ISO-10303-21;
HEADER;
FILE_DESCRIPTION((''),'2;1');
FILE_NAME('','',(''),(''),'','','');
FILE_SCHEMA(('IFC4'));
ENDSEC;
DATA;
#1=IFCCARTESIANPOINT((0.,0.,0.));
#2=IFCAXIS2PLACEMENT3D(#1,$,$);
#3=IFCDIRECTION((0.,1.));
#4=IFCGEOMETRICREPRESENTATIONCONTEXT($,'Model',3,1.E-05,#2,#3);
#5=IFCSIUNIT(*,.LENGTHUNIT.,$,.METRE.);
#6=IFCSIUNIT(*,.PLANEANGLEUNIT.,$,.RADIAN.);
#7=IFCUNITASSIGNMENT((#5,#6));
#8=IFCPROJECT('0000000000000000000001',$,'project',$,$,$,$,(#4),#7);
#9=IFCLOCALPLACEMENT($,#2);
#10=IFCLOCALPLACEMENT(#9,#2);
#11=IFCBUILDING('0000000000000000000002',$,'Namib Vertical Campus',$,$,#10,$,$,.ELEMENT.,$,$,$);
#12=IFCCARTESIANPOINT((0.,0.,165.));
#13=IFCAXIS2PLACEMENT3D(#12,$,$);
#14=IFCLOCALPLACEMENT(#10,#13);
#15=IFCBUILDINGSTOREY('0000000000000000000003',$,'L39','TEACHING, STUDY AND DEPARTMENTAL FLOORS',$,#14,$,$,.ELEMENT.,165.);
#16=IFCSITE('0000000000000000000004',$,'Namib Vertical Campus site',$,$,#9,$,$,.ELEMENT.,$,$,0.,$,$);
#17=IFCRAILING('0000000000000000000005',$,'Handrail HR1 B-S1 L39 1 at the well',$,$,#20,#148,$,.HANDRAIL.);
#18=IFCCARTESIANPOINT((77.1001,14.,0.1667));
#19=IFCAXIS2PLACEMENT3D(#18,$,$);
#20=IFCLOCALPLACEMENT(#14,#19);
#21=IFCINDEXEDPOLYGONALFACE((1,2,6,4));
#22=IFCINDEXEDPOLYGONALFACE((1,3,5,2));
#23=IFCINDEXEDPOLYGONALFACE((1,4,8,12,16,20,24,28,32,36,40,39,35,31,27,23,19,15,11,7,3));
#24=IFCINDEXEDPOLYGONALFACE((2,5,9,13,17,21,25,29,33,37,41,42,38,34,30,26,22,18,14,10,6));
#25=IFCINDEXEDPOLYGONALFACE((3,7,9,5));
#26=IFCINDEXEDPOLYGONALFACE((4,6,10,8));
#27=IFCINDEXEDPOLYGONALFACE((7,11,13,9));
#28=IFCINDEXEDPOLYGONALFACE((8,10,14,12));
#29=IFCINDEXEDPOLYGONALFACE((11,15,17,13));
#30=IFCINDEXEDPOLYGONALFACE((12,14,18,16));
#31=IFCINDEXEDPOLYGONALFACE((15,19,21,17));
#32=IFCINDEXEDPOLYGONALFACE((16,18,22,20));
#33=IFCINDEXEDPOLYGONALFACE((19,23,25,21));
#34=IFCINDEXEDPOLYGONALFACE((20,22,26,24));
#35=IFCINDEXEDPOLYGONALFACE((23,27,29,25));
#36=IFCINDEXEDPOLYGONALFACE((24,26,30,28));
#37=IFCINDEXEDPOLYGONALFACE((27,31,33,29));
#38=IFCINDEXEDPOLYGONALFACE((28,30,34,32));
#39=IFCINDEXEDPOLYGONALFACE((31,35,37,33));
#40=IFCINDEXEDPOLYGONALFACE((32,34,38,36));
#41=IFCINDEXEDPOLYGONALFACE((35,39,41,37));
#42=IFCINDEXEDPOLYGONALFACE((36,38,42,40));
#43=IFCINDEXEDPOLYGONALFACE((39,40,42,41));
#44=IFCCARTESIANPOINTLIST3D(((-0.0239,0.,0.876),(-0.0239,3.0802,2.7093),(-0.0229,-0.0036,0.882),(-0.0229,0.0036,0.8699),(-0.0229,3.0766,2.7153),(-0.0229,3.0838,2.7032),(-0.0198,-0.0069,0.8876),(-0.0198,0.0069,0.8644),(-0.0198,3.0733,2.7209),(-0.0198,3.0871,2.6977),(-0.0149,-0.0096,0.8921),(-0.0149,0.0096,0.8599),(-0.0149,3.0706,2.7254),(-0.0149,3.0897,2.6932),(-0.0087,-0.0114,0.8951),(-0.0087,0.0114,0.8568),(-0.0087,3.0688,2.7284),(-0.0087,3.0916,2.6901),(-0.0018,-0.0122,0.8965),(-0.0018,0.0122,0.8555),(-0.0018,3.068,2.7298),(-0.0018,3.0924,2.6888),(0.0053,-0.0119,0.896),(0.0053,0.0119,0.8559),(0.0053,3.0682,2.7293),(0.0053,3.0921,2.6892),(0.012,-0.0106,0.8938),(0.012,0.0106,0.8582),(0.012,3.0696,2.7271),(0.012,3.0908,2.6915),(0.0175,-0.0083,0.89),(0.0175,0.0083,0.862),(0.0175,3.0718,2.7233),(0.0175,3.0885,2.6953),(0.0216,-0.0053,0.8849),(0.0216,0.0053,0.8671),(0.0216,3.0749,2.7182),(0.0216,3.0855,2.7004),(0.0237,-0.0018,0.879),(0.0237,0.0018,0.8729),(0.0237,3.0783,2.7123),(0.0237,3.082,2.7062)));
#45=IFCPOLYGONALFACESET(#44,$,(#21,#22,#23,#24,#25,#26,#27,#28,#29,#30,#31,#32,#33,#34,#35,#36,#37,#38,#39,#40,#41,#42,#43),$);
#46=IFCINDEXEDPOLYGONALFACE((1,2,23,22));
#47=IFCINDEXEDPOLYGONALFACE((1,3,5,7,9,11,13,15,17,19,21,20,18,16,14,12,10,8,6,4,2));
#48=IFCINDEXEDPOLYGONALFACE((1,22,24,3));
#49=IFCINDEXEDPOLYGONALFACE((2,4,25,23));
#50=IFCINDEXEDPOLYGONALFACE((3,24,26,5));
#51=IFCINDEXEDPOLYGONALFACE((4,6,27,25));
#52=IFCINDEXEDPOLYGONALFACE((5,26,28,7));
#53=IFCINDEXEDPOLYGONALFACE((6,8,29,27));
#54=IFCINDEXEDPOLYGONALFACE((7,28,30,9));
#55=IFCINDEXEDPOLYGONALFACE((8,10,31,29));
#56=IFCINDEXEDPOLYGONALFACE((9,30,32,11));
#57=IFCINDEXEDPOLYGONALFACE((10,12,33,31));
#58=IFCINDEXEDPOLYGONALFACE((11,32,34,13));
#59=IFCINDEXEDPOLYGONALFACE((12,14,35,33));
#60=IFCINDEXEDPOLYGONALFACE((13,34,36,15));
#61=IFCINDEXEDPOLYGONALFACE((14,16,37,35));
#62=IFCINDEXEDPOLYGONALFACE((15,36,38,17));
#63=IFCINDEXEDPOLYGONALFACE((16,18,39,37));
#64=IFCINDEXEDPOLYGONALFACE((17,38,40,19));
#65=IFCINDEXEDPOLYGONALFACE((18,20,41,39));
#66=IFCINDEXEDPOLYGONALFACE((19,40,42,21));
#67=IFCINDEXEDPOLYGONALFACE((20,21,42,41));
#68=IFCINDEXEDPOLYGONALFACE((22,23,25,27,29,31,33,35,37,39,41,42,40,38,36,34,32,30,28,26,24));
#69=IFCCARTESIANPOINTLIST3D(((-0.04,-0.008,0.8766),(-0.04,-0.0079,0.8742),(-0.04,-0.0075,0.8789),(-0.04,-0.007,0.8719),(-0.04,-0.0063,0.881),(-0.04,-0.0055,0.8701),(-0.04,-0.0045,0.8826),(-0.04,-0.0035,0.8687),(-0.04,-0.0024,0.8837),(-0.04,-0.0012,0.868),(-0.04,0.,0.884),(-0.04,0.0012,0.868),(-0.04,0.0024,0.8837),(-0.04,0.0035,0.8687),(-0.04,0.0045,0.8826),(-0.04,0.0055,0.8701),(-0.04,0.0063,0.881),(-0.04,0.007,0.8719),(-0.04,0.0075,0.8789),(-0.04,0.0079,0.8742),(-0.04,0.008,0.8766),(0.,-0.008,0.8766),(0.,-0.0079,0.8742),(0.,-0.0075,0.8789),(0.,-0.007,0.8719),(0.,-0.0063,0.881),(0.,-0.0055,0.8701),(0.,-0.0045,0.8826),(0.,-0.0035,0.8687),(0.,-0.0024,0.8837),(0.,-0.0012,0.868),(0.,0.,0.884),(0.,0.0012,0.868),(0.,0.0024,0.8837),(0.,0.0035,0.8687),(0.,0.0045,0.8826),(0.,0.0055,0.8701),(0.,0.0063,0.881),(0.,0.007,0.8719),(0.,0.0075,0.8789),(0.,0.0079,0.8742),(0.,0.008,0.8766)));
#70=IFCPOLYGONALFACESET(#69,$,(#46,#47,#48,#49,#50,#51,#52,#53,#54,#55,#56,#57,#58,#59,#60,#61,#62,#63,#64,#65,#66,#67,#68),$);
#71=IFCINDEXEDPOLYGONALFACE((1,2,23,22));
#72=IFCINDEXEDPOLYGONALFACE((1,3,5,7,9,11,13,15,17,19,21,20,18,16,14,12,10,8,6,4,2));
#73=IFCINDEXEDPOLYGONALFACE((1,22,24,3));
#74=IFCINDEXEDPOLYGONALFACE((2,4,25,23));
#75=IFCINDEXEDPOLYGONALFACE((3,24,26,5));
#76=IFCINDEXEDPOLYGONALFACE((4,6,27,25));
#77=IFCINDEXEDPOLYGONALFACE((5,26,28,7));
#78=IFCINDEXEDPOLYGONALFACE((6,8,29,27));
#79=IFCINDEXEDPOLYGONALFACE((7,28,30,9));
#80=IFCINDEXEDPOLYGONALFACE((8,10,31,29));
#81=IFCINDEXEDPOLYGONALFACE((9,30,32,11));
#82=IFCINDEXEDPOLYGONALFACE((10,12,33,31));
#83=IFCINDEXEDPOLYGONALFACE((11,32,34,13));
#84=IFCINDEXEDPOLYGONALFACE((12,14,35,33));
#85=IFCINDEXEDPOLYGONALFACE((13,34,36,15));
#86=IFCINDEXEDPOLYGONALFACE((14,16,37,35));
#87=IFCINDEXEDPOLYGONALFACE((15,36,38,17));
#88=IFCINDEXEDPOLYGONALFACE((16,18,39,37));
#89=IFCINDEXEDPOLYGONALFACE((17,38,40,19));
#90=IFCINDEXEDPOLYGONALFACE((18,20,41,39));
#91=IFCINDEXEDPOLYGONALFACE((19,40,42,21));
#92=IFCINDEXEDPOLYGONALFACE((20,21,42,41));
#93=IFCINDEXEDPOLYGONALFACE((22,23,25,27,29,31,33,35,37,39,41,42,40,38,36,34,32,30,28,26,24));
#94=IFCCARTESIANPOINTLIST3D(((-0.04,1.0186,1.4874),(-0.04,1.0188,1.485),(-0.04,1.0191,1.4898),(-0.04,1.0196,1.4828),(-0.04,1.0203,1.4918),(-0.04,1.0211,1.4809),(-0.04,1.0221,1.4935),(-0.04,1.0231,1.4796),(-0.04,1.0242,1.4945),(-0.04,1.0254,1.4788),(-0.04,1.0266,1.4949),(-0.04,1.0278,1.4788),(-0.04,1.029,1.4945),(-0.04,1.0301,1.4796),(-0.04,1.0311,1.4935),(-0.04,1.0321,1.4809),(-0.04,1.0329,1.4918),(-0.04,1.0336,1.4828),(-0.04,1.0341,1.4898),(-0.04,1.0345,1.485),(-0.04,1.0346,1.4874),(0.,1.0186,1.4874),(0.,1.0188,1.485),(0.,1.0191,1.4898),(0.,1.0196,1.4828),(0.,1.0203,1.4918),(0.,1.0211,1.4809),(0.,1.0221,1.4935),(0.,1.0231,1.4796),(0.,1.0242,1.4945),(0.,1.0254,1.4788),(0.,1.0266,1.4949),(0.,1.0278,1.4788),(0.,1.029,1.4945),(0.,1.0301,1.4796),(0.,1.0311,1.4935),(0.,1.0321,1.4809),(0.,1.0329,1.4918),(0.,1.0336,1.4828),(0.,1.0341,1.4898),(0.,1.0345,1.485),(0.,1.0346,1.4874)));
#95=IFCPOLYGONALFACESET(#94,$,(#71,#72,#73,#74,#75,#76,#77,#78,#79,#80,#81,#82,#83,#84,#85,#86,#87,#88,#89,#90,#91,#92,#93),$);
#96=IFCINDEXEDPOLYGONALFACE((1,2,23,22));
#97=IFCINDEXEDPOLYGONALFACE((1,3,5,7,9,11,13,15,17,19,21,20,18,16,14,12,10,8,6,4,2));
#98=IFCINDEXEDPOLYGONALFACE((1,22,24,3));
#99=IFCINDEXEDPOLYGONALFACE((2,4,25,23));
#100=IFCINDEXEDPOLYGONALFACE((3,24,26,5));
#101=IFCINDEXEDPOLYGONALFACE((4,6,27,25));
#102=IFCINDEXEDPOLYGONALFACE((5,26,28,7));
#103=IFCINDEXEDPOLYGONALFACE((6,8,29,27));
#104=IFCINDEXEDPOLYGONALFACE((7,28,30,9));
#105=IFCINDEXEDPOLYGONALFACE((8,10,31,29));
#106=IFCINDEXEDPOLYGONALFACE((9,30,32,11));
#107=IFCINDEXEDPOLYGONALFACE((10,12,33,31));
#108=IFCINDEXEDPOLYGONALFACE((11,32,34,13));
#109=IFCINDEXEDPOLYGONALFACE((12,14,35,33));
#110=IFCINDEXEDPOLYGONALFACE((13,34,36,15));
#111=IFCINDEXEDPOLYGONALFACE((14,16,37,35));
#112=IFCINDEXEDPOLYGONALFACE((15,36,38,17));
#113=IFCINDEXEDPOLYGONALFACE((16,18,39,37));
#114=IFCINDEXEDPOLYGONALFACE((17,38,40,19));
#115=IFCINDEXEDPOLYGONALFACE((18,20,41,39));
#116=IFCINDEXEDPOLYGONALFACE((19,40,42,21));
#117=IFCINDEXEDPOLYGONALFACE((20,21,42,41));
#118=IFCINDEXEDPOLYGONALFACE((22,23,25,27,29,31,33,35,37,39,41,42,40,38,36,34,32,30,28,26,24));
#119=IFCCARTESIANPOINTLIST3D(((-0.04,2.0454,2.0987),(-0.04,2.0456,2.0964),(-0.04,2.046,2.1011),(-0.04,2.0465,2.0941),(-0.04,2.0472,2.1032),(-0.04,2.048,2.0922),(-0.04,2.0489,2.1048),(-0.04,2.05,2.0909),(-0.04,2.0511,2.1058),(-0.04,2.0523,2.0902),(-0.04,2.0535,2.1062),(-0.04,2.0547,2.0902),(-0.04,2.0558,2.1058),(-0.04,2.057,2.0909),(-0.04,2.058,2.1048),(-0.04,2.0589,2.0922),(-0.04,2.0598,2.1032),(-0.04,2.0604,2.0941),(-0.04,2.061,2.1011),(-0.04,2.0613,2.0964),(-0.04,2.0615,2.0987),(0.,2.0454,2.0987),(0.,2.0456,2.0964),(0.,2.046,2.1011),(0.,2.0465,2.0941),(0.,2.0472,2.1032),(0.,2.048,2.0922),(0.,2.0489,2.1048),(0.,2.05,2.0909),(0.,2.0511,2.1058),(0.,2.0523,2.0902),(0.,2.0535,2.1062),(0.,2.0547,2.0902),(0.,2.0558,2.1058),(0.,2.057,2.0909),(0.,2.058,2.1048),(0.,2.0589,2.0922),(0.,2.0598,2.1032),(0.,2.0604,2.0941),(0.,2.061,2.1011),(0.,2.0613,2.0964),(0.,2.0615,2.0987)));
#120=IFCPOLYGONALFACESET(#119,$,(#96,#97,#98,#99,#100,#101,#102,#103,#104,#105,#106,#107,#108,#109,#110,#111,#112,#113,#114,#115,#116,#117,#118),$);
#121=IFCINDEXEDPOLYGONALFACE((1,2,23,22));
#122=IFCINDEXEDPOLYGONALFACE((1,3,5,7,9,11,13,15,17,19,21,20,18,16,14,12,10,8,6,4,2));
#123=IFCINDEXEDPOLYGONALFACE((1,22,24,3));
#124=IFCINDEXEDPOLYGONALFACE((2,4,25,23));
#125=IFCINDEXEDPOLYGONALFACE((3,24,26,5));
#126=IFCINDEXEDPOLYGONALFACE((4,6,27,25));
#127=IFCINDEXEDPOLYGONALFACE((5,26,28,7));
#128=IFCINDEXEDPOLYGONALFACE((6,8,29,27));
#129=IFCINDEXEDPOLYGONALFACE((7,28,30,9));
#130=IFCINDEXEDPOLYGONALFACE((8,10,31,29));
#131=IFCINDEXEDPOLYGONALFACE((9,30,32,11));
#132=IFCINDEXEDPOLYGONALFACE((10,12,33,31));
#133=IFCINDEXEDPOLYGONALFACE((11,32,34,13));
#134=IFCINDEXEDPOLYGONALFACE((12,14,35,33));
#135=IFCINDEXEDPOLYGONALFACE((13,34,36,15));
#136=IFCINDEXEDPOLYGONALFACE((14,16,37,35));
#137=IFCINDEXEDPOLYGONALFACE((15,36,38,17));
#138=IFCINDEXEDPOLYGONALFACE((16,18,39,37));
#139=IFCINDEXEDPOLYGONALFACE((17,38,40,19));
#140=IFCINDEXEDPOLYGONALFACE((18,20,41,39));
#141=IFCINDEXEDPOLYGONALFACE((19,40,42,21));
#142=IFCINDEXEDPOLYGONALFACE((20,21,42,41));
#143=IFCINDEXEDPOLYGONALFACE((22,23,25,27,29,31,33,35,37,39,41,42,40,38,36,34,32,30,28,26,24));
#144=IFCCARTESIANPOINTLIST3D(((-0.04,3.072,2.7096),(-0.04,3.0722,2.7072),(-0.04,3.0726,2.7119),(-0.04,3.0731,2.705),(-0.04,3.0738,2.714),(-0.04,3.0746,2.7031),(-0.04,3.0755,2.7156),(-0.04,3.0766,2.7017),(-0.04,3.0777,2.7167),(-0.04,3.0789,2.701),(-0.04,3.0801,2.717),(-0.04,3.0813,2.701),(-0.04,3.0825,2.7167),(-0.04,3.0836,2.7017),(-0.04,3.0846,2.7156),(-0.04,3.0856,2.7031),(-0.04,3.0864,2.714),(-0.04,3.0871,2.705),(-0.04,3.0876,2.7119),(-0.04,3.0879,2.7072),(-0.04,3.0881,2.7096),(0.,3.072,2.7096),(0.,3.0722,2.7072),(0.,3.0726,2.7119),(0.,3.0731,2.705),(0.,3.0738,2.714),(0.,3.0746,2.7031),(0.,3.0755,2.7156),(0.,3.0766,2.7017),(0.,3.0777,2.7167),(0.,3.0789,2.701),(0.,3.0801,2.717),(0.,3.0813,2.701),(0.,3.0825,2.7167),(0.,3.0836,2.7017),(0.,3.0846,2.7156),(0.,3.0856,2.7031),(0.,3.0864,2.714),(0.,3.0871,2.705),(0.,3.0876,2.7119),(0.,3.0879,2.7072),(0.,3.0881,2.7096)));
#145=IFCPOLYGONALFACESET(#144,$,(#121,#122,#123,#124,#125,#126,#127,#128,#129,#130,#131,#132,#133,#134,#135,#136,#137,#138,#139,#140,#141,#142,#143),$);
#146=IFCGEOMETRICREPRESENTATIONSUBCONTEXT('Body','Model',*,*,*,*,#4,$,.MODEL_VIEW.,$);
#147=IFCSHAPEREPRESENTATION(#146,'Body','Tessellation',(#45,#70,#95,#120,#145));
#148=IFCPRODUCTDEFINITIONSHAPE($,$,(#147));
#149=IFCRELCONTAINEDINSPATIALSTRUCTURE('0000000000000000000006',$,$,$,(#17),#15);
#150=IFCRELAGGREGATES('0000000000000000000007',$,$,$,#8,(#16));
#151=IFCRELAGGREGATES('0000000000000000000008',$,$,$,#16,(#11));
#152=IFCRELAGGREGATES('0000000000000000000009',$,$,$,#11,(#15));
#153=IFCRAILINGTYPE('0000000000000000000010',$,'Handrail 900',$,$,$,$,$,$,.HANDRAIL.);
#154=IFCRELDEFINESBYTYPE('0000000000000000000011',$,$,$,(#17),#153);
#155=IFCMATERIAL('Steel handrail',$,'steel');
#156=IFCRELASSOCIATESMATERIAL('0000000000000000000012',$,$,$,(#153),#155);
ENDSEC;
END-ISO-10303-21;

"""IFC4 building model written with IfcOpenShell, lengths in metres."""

from ifc_helpers import new_model, si_unit, direction, frame, origin, origin_2d, place, context, subcontext, project, spatial, circle, extrude, material, type_object, element, save


model = new_model("IFC4")

# Units and contexts
model_context = context("Model", 3, precision=1e-05, world=origin(), true_north=direction((0.0, 1.0)))
body_context = subcontext(model_context, "Body", "Model", "MODEL_VIEW")
ifc_project = project(units=[si_unit("LENGTHUNIT", "METRE"), si_unit("PLANEANGLEUNIT", "RADIAN")], contexts=[model_context])

# Site, building, storey
site_placement = place(None, origin())
site = spatial("IfcSite", under=ifc_project, at=site_placement, Name="Namib Vertical Campus site", CompositionType="ELEMENT", RefElevation=0.0)
building_placement = place(site_placement, origin())
building = spatial("IfcBuilding", under=site, at=building_placement, Name="Namib Vertical Campus", CompositionType="ELEMENT")
storey_placement = place(building_placement, frame((0.0, 0.0, 165.0)))
storey = spatial("IfcBuildingStorey", under=building, at=storey_placement, Name="L39", Description="TEACHING, STUDY AND DEPARTMENTAL FLOORS", CompositionType="ELEMENT", Elevation=165.0)

# Railing
ifc_material_1 = material(Name="Steel handrail", Category="steel")
railing_type_1 = type_object("IfcRailingType", Name="Handrail 900", PredefinedType="HANDRAIL", material=ifc_material_1)
railing_1_placement = place(storey_placement, frame((77.1001, 14.0, 0.1667)))
element("IfcRailing", 1, at=railing_1_placement, inside=storey, type_object=railing_type_1, Name="Handrail HR1 B-S1 L39 1 at the well", PredefinedType="HANDRAIL", context=body_context, shape_type="SweptSolid", body=[
    extrude(circle(Radius=0.0239, at=origin_2d()), frame((0.0, 0.0, 0.876), z_axis=(0.0, 0.859309, 0.511458), x_axis=(-1.0, 0.0, 0.0)), (0.0, 0.0, 1.0), 3.5845),
    extrude(circle(Radius=0.0081, at=origin_2d()), frame((0.0, 0.0, 0.876), z_axis=(-1.0, 0.0, 0.0), x_axis=(0.0, 0.0, 1.0)), (0.0, 0.0, 1.0), 0.04),
    extrude(circle(Radius=0.0081, at=origin_2d()), frame((0.0, 1.0266, 1.4868), z_axis=(-1.0, 0.0, 0.0), x_axis=(0.0, 0.0, 1.0)), (0.0, 0.0, 1.0), 0.04),
    extrude(circle(Radius=0.0081, at=origin_2d()), frame((0.0, 2.0535, 2.0981), z_axis=(-1.0, 0.0, 0.0), x_axis=(0.0, 0.0, 1.0)), (0.0, 0.0, 1.0), 0.04),
    extrude(circle(Radius=0.0081, at=origin_2d()), frame((0.0, 3.0801, 2.709), z_axis=(-1.0, 0.0, 0.0), x_axis=(0.0, 0.0, 1.0)), (0.0, 0.0, 1.0), 0.04),
])

save(model, "model.ifc")
